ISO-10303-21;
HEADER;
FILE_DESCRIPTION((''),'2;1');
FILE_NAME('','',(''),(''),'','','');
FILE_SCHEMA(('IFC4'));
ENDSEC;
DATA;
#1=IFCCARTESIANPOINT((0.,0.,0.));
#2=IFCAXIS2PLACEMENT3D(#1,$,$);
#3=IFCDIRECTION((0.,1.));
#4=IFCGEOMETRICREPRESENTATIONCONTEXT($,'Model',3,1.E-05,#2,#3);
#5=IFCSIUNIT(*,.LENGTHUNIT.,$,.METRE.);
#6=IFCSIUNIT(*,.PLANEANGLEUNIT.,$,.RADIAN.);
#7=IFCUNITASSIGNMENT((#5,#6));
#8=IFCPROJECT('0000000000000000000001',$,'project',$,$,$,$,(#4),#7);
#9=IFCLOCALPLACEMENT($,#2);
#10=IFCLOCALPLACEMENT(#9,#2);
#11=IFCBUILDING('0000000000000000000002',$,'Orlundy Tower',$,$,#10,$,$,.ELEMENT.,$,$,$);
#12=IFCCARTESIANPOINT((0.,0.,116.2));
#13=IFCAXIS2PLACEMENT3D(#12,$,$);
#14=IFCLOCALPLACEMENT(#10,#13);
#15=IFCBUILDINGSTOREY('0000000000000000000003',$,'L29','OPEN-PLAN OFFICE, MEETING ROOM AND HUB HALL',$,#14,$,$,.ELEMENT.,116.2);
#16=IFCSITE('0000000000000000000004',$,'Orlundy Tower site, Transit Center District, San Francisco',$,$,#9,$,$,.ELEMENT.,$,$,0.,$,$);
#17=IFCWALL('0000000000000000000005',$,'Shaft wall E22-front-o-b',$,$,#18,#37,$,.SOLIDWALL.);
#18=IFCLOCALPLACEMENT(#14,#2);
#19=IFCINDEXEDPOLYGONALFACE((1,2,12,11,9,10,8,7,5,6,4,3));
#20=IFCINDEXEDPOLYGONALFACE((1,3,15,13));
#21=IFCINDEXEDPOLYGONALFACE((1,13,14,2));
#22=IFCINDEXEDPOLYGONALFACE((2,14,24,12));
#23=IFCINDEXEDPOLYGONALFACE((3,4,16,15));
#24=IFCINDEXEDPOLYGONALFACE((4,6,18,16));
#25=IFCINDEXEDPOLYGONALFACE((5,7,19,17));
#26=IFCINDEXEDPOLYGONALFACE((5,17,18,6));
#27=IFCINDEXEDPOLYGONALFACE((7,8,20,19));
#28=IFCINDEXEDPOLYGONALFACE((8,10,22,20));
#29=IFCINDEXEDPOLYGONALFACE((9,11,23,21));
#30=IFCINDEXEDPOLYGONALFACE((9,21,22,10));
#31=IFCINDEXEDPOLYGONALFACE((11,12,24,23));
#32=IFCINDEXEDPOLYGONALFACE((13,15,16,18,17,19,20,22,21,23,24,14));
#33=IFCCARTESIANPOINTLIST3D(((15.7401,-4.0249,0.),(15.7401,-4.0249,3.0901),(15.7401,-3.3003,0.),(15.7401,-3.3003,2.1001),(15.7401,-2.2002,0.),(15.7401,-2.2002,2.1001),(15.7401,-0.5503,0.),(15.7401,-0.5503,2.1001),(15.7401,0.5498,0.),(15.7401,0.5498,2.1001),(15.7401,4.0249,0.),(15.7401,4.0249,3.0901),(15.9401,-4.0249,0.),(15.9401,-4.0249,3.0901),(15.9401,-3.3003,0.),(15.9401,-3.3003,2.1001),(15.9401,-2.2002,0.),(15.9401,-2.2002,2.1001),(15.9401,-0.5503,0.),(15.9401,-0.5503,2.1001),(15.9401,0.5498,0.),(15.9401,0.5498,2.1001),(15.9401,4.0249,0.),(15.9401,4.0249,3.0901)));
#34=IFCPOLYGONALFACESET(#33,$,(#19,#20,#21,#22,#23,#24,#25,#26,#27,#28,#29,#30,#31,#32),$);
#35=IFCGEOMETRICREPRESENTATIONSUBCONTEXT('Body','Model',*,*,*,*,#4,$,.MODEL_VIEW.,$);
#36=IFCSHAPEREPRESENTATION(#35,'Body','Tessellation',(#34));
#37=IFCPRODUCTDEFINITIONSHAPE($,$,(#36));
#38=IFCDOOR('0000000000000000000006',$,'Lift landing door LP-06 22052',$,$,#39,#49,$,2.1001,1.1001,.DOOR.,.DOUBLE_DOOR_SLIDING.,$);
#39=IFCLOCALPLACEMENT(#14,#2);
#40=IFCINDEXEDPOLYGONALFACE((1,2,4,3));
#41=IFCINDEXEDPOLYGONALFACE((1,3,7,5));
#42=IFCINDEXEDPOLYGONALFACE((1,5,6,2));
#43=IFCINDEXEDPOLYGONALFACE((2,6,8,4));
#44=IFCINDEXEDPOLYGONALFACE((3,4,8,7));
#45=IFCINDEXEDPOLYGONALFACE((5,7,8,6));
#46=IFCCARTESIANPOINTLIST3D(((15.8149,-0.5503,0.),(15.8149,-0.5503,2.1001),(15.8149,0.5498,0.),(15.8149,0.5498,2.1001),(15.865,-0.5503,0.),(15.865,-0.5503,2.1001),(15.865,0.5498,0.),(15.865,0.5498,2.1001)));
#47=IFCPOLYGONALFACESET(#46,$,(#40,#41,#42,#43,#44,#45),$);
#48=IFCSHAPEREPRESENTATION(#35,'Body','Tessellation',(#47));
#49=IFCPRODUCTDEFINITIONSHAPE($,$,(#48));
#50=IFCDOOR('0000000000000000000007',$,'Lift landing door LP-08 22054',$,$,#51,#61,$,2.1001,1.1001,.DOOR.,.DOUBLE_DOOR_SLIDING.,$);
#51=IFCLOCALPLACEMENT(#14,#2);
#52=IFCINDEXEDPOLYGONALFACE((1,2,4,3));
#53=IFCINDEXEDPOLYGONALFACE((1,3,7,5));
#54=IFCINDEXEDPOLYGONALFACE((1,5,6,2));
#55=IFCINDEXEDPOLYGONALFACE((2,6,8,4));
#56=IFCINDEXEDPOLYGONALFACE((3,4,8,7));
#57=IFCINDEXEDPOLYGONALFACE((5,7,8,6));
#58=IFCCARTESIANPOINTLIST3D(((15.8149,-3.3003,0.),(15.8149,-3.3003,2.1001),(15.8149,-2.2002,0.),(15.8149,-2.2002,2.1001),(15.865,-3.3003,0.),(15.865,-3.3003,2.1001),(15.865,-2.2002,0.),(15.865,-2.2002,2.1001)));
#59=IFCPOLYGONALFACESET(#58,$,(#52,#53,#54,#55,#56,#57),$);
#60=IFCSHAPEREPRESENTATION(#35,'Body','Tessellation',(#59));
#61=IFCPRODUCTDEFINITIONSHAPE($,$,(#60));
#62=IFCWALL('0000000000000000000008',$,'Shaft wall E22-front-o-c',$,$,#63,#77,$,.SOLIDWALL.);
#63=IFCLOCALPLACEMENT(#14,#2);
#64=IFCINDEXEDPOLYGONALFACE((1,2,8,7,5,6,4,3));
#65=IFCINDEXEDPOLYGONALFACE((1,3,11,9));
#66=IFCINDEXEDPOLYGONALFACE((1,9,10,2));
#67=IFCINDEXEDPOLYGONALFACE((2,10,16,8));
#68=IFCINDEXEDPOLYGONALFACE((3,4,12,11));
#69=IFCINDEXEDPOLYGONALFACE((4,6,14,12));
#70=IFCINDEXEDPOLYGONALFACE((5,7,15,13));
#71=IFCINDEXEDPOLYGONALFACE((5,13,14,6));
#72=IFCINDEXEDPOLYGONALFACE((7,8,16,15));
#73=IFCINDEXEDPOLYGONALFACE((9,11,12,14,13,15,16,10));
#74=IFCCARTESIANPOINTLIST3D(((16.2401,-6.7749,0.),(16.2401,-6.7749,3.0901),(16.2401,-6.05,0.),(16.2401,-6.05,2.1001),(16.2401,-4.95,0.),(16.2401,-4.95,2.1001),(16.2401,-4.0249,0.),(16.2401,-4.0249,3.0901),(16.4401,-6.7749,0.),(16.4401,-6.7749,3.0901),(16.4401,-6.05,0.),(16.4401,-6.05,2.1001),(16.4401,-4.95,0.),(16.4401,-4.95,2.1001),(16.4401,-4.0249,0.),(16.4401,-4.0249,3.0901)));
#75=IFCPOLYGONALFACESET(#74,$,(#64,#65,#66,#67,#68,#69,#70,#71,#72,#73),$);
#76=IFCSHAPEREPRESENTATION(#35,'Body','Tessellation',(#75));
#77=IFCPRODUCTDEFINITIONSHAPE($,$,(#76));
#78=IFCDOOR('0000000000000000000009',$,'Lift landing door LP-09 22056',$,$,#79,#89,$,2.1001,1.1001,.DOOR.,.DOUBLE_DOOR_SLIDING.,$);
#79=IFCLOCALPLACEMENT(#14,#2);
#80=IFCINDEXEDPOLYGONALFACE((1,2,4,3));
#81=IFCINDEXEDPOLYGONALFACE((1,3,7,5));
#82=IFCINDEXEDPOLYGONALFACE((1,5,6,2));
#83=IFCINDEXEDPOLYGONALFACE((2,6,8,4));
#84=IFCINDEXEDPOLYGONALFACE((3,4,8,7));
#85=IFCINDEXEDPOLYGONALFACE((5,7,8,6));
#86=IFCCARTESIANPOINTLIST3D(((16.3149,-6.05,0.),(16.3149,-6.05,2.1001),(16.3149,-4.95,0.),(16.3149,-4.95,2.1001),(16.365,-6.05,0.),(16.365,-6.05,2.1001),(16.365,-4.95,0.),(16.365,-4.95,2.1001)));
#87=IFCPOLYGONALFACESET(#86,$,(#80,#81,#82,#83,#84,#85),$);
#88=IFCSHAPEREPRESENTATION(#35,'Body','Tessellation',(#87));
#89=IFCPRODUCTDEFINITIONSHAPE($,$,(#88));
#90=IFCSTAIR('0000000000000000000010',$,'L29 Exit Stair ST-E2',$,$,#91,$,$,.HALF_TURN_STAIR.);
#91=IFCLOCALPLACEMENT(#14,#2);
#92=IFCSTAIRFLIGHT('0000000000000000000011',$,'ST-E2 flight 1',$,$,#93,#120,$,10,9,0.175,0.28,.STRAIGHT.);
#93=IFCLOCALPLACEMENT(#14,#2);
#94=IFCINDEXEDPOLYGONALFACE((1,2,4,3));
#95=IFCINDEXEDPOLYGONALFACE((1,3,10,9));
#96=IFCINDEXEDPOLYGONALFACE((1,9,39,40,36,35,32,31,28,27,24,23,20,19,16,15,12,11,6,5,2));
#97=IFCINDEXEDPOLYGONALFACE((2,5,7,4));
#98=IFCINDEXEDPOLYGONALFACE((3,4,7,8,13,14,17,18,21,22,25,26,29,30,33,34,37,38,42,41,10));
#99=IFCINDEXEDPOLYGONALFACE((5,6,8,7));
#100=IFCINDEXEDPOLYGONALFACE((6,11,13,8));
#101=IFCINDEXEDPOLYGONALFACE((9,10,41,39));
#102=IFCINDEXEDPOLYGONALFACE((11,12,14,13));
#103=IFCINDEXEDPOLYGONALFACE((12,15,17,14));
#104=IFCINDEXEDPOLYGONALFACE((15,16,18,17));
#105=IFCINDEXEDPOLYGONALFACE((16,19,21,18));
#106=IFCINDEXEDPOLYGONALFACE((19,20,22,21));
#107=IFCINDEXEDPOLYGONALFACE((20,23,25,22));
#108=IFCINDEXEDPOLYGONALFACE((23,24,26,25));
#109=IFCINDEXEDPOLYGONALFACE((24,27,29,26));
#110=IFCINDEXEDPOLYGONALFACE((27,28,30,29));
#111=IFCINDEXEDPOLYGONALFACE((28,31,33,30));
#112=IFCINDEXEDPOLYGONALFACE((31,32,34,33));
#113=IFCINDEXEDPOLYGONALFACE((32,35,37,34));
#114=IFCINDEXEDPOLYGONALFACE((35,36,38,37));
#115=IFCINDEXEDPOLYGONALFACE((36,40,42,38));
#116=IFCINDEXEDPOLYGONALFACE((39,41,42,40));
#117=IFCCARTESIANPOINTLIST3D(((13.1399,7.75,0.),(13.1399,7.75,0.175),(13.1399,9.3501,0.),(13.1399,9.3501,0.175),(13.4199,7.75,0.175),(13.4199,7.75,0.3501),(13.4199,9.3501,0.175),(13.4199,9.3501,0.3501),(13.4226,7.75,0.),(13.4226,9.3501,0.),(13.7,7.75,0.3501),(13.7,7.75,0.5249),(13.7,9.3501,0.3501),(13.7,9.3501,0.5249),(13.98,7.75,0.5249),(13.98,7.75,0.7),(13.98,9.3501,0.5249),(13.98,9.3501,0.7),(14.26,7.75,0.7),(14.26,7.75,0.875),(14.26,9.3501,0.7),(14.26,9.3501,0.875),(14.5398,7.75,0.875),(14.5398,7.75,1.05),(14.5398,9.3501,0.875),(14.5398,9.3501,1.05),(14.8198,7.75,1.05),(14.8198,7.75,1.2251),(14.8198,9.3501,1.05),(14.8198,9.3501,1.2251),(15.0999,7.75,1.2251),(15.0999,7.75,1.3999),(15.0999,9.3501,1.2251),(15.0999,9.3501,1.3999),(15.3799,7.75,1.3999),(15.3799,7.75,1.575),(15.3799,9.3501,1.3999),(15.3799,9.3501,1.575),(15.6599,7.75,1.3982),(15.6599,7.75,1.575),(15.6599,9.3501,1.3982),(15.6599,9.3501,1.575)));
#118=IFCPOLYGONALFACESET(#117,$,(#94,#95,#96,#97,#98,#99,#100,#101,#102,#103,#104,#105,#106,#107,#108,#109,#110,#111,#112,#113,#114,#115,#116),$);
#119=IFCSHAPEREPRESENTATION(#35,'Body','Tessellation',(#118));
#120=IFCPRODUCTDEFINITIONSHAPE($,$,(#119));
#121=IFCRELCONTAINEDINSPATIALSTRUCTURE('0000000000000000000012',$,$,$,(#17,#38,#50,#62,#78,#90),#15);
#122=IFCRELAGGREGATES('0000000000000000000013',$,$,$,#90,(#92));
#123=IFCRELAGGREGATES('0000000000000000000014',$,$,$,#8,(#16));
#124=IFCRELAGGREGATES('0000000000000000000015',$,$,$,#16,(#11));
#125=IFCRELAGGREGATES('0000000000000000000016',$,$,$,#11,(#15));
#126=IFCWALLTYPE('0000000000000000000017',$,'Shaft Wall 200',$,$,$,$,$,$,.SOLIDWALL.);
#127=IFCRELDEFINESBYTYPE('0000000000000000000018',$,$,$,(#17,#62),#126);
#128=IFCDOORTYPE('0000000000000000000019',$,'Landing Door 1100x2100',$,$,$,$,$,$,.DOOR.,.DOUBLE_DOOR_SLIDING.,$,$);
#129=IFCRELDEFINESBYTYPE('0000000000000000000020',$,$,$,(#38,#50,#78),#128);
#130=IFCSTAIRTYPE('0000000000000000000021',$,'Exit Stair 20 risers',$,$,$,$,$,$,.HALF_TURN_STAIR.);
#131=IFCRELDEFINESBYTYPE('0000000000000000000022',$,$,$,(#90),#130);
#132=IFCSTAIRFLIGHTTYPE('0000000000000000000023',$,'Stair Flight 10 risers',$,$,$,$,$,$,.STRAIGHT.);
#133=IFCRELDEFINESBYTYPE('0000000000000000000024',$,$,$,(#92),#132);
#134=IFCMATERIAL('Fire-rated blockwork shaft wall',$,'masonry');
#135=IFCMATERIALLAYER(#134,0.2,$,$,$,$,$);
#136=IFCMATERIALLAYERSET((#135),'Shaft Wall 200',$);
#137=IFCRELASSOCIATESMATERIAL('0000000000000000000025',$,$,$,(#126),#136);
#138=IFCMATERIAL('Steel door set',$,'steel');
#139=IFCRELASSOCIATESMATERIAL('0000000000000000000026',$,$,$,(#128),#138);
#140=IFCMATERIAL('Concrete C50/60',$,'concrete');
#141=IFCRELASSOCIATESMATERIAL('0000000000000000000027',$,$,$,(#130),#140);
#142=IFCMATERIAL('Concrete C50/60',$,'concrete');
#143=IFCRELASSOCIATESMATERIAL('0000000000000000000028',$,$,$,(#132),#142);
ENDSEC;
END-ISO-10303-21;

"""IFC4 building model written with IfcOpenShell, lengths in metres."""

from ifc_helpers import new_model, si_unit, direction, frame, frame_2d, origin, place, context, subcontext, project, spatial, polyline, rectangle, outline, extrude, material, layer, layer_set, type_object, element, fill, aggregate, save


model = new_model("IFC4")

# Units and contexts
model_context = context("Model", 3, precision=1e-05, world=origin(), true_north=direction((0.0, 1.0)))
body_context = subcontext(model_context, "Body", "Model", "MODEL_VIEW")
ifc_project = project(units=[si_unit("LENGTHUNIT", "METRE"), si_unit("PLANEANGLEUNIT", "RADIAN")], contexts=[model_context])

# Site, building, storey
site_placement = place(None, origin())
site = spatial("IfcSite", under=ifc_project, at=site_placement, Name="Orlundy Tower site, Transit Center District, San Francisco", CompositionType="ELEMENT", RefElevation=0.0)
building_placement = place(site_placement, origin())
building = spatial("IfcBuilding", under=site, at=building_placement, Name="Orlundy Tower", CompositionType="ELEMENT")
storey_placement = place(building_placement, frame((0.0, 0.0, 116.2)))
storey = spatial("IfcBuildingStorey", under=building, at=storey_placement, Name="L29", Description="OPEN-PLAN OFFICE, MEETING ROOM AND HUB HALL", CompositionType="ELEMENT", Elevation=116.2)

# Shared definitions
ifc_material_1 = material(Name="Fire-rated blockwork shaft wall", Category="masonry")
ifc_layer_1 = layer(ifc_material_1, 0.2)
ifc_layer_set_1 = layer_set([ifc_layer_1], Name="Shaft Wall 200")
wall_type_1 = type_object("IfcWallType", Name="Shaft Wall 200", PredefinedType="SOLIDWALL", material=ifc_layer_set_1)

# Shared definitions
ifc_material_2 = material(Name="Steel door set", Category="steel")
door_type_1 = type_object("IfcDoorType", Name="Landing Door 1100x2100", OperationType="DOUBLE_DOOR_SLIDING", PredefinedType="DOOR", material=ifc_material_2)

# Wall, openings, doors
wall_1_placement = place(storey_placement, frame((15.8401, 4.0249, 0.0), z_axis=(0.0, 0.0, 1.0), x_axis=(0.0, -1.0, 0.0)))
wall_1 = element("IfcWall", 1, at=wall_1_placement, inside=storey, type_object=wall_type_1, Name="Shaft wall E22-front-o-b", PredefinedType="SOLIDWALL", context=body_context, shape_type="SweptSolid", body=[
    extrude(rectangle(XDim=8.0498, YDim=0.2, at=frame_2d((4.0249, 0.0))), origin(), (0.0, 0.0, 1.0), 3.0901),
])
opening_1_placement = place(wall_1_placement, frame((3.4751, 0.0, 0.0)))
opening_1 = element("IfcOpeningElement", 2, at=opening_1_placement, cuts=wall_1, PredefinedType="OPENING", context=body_context, shape_type="SweptSolid", body=[
    extrude(rectangle(XDim=1.1001, YDim=2.1001, at=frame_2d((0.55, 1.05))), frame((0.0, 0.1101, 0.0), z_axis=(0.0, -1.0, 0.0), x_axis=(1.0, 0.0, 0.0)), (0.0, 0.0, 1.0), 0.2202),
])
opening_2_placement = place(wall_1_placement, frame((6.2251, 0.0, 0.0)))
opening_2 = element("IfcOpeningElement", 3, at=opening_2_placement, cuts=wall_1, PredefinedType="OPENING", context=body_context, shape_type="SweptSolid", body=[
    extrude(rectangle(XDim=1.1001, YDim=2.1001, at=frame_2d((0.55, 1.05))), frame((0.0, 0.1101, 0.0), z_axis=(0.0, -1.0, 0.0), x_axis=(1.0, 0.0, 0.0)), (0.0, 0.0, 1.0), 0.2202),
])
door_1_placement = place(opening_1_placement, origin())
door_1 = element("IfcDoor", 4, at=door_1_placement, inside=storey, type_object=door_type_1, Name="Lift landing door LP-06 22052", OperationType="DOUBLE_DOOR_SLIDING", OverallHeight=2.1001, OverallWidth=1.1001, PredefinedType="DOOR", context=body_context, shape_type="SweptSolid", body=[
    extrude(rectangle(XDim=1.1001, YDim=2.1001, at=frame_2d((0.55, 1.05))), frame((0.0, 0.0249, 0.0), z_axis=(0.0, -1.0, 0.0), x_axis=(1.0, 0.0, 0.0)), (0.0, 0.0, 1.0), 0.05),
])
fill(opening_1, door_1)
door_2_placement = place(opening_2_placement, origin())
door_2 = element("IfcDoor", 5, at=door_2_placement, inside=storey, type_object=door_type_1, Name="Lift landing door LP-08 22054", OperationType="DOUBLE_DOOR_SLIDING", OverallHeight=2.1001, OverallWidth=1.1001, PredefinedType="DOOR", context=body_context, shape_type="SweptSolid", body=[
    extrude(rectangle(XDim=1.1001, YDim=2.1001, at=frame_2d((0.55, 1.05))), frame((0.0, 0.0249, 0.0), z_axis=(0.0, -1.0, 0.0), x_axis=(1.0, 0.0, 0.0)), (0.0, 0.0, 1.0), 0.05),
])
fill(opening_2, door_2)

# Wall, opening, door
wall_2_placement = place(storey_placement, frame((16.3401, -4.0249, 0.0), z_axis=(0.0, 0.0, 1.0), x_axis=(0.0, -1.0, 0.0)))
wall_2 = element("IfcWall", 6, at=wall_2_placement, inside=storey, type_object=wall_type_1, Name="Shaft wall E22-front-o-c", PredefinedType="SOLIDWALL", context=body_context, shape_type="SweptSolid", body=[
    extrude(rectangle(XDim=2.75, YDim=0.2, at=frame_2d((1.375, 0.0))), origin(), (0.0, 0.0, 1.0), 3.0901),
])
opening_3_placement = place(wall_2_placement, frame((0.925, 0.0, 0.0)))
opening_3 = element("IfcOpeningElement", 7, at=opening_3_placement, cuts=wall_2, PredefinedType="OPENING", context=body_context, shape_type="SweptSolid", body=[
    extrude(rectangle(XDim=1.1001, YDim=2.1001, at=frame_2d((0.55, 1.05))), frame((0.0, 0.1101, 0.0), z_axis=(0.0, -1.0, 0.0), x_axis=(1.0, 0.0, 0.0)), (0.0, 0.0, 1.0), 0.2202),
])
door_3_placement = place(opening_3_placement, origin())
door_3 = element("IfcDoor", 8, at=door_3_placement, inside=storey, type_object=door_type_1, Name="Lift landing door LP-09 22056", OperationType="DOUBLE_DOOR_SLIDING", OverallHeight=2.1001, OverallWidth=1.1001, PredefinedType="DOOR", context=body_context, shape_type="SweptSolid", body=[
    extrude(rectangle(XDim=1.1001, YDim=2.1001, at=frame_2d((0.55, 1.05))), frame((0.0, 0.0249, 0.0), z_axis=(0.0, -1.0, 0.0), x_axis=(1.0, 0.0, 0.0)), (0.0, 0.0, 1.0), 0.05),
])
fill(opening_3, door_3)

# Stair, stair flight
ifc_material_3 = material(Name="Concrete C50/60", Category="concrete")
stair_type = type_object("IfcStairType", Name="Exit Stair 20 risers", PredefinedType="HALF_TURN_STAIR", material=ifc_material_3)
stair_placement = place(storey_placement, origin())
stair = element("IfcStair", 9, at=stair_placement, inside=storey, type_object=stair_type, Name="L29 Exit Stair ST-E2", PredefinedType="HALF_TURN_STAIR")
ifc_material_4 = material(Name="Concrete C50/60", Category="concrete")
stair_flight_type = type_object("IfcStairFlightType", Name="Stair Flight 10 risers", PredefinedType="STRAIGHT", material=ifc_material_4)
stair_flight_placement = place(storey_placement, frame((13.1399, 8.55, 0.0), z_axis=(0.0, 0.0, 1.0), x_axis=(1.0, 0.0, 0.0)))
stair_flight = element("IfcStairFlight", 10, at=stair_flight_placement, type_object=stair_flight_type, Name="ST-E2 flight 1", NumberOfRisers=10, NumberOfTreads=9, PredefinedType="STRAIGHT", RiserHeight=0.175, TreadLength=0.28, context=body_context, shape_type="SweptSolid", body=[
    extrude(outline(polyline([(0.0, 0.0), (0.0, 0.175), (0.28, 0.175), (0.28, 0.3501), (0.5601, 0.3501), (0.5601, 0.5249), (0.8401, 0.5249), (0.8401, 0.7), (1.1201, 0.7), (1.1201, 0.875), (1.3999, 0.875), (1.3999, 1.05), (1.6799, 1.05), (1.6799, 1.2251), (1.96, 1.2251), (1.96, 1.3999), (2.24, 1.3999), (2.24, 1.575), (2.52, 1.575), (2.52, 1.75), (2.52, 1.3982), (0.2827, 0.0), (0.0, 0.0)])), frame((0.0, 0.8, 0.0), z_axis=(0.0, -1.0, 0.0), x_axis=(1.0, 0.0, 0.0)), (0.0, 0.0, 1.0), 1.6001),
])
aggregate(stair, [stair_flight])

save(model, "model.ifc")
